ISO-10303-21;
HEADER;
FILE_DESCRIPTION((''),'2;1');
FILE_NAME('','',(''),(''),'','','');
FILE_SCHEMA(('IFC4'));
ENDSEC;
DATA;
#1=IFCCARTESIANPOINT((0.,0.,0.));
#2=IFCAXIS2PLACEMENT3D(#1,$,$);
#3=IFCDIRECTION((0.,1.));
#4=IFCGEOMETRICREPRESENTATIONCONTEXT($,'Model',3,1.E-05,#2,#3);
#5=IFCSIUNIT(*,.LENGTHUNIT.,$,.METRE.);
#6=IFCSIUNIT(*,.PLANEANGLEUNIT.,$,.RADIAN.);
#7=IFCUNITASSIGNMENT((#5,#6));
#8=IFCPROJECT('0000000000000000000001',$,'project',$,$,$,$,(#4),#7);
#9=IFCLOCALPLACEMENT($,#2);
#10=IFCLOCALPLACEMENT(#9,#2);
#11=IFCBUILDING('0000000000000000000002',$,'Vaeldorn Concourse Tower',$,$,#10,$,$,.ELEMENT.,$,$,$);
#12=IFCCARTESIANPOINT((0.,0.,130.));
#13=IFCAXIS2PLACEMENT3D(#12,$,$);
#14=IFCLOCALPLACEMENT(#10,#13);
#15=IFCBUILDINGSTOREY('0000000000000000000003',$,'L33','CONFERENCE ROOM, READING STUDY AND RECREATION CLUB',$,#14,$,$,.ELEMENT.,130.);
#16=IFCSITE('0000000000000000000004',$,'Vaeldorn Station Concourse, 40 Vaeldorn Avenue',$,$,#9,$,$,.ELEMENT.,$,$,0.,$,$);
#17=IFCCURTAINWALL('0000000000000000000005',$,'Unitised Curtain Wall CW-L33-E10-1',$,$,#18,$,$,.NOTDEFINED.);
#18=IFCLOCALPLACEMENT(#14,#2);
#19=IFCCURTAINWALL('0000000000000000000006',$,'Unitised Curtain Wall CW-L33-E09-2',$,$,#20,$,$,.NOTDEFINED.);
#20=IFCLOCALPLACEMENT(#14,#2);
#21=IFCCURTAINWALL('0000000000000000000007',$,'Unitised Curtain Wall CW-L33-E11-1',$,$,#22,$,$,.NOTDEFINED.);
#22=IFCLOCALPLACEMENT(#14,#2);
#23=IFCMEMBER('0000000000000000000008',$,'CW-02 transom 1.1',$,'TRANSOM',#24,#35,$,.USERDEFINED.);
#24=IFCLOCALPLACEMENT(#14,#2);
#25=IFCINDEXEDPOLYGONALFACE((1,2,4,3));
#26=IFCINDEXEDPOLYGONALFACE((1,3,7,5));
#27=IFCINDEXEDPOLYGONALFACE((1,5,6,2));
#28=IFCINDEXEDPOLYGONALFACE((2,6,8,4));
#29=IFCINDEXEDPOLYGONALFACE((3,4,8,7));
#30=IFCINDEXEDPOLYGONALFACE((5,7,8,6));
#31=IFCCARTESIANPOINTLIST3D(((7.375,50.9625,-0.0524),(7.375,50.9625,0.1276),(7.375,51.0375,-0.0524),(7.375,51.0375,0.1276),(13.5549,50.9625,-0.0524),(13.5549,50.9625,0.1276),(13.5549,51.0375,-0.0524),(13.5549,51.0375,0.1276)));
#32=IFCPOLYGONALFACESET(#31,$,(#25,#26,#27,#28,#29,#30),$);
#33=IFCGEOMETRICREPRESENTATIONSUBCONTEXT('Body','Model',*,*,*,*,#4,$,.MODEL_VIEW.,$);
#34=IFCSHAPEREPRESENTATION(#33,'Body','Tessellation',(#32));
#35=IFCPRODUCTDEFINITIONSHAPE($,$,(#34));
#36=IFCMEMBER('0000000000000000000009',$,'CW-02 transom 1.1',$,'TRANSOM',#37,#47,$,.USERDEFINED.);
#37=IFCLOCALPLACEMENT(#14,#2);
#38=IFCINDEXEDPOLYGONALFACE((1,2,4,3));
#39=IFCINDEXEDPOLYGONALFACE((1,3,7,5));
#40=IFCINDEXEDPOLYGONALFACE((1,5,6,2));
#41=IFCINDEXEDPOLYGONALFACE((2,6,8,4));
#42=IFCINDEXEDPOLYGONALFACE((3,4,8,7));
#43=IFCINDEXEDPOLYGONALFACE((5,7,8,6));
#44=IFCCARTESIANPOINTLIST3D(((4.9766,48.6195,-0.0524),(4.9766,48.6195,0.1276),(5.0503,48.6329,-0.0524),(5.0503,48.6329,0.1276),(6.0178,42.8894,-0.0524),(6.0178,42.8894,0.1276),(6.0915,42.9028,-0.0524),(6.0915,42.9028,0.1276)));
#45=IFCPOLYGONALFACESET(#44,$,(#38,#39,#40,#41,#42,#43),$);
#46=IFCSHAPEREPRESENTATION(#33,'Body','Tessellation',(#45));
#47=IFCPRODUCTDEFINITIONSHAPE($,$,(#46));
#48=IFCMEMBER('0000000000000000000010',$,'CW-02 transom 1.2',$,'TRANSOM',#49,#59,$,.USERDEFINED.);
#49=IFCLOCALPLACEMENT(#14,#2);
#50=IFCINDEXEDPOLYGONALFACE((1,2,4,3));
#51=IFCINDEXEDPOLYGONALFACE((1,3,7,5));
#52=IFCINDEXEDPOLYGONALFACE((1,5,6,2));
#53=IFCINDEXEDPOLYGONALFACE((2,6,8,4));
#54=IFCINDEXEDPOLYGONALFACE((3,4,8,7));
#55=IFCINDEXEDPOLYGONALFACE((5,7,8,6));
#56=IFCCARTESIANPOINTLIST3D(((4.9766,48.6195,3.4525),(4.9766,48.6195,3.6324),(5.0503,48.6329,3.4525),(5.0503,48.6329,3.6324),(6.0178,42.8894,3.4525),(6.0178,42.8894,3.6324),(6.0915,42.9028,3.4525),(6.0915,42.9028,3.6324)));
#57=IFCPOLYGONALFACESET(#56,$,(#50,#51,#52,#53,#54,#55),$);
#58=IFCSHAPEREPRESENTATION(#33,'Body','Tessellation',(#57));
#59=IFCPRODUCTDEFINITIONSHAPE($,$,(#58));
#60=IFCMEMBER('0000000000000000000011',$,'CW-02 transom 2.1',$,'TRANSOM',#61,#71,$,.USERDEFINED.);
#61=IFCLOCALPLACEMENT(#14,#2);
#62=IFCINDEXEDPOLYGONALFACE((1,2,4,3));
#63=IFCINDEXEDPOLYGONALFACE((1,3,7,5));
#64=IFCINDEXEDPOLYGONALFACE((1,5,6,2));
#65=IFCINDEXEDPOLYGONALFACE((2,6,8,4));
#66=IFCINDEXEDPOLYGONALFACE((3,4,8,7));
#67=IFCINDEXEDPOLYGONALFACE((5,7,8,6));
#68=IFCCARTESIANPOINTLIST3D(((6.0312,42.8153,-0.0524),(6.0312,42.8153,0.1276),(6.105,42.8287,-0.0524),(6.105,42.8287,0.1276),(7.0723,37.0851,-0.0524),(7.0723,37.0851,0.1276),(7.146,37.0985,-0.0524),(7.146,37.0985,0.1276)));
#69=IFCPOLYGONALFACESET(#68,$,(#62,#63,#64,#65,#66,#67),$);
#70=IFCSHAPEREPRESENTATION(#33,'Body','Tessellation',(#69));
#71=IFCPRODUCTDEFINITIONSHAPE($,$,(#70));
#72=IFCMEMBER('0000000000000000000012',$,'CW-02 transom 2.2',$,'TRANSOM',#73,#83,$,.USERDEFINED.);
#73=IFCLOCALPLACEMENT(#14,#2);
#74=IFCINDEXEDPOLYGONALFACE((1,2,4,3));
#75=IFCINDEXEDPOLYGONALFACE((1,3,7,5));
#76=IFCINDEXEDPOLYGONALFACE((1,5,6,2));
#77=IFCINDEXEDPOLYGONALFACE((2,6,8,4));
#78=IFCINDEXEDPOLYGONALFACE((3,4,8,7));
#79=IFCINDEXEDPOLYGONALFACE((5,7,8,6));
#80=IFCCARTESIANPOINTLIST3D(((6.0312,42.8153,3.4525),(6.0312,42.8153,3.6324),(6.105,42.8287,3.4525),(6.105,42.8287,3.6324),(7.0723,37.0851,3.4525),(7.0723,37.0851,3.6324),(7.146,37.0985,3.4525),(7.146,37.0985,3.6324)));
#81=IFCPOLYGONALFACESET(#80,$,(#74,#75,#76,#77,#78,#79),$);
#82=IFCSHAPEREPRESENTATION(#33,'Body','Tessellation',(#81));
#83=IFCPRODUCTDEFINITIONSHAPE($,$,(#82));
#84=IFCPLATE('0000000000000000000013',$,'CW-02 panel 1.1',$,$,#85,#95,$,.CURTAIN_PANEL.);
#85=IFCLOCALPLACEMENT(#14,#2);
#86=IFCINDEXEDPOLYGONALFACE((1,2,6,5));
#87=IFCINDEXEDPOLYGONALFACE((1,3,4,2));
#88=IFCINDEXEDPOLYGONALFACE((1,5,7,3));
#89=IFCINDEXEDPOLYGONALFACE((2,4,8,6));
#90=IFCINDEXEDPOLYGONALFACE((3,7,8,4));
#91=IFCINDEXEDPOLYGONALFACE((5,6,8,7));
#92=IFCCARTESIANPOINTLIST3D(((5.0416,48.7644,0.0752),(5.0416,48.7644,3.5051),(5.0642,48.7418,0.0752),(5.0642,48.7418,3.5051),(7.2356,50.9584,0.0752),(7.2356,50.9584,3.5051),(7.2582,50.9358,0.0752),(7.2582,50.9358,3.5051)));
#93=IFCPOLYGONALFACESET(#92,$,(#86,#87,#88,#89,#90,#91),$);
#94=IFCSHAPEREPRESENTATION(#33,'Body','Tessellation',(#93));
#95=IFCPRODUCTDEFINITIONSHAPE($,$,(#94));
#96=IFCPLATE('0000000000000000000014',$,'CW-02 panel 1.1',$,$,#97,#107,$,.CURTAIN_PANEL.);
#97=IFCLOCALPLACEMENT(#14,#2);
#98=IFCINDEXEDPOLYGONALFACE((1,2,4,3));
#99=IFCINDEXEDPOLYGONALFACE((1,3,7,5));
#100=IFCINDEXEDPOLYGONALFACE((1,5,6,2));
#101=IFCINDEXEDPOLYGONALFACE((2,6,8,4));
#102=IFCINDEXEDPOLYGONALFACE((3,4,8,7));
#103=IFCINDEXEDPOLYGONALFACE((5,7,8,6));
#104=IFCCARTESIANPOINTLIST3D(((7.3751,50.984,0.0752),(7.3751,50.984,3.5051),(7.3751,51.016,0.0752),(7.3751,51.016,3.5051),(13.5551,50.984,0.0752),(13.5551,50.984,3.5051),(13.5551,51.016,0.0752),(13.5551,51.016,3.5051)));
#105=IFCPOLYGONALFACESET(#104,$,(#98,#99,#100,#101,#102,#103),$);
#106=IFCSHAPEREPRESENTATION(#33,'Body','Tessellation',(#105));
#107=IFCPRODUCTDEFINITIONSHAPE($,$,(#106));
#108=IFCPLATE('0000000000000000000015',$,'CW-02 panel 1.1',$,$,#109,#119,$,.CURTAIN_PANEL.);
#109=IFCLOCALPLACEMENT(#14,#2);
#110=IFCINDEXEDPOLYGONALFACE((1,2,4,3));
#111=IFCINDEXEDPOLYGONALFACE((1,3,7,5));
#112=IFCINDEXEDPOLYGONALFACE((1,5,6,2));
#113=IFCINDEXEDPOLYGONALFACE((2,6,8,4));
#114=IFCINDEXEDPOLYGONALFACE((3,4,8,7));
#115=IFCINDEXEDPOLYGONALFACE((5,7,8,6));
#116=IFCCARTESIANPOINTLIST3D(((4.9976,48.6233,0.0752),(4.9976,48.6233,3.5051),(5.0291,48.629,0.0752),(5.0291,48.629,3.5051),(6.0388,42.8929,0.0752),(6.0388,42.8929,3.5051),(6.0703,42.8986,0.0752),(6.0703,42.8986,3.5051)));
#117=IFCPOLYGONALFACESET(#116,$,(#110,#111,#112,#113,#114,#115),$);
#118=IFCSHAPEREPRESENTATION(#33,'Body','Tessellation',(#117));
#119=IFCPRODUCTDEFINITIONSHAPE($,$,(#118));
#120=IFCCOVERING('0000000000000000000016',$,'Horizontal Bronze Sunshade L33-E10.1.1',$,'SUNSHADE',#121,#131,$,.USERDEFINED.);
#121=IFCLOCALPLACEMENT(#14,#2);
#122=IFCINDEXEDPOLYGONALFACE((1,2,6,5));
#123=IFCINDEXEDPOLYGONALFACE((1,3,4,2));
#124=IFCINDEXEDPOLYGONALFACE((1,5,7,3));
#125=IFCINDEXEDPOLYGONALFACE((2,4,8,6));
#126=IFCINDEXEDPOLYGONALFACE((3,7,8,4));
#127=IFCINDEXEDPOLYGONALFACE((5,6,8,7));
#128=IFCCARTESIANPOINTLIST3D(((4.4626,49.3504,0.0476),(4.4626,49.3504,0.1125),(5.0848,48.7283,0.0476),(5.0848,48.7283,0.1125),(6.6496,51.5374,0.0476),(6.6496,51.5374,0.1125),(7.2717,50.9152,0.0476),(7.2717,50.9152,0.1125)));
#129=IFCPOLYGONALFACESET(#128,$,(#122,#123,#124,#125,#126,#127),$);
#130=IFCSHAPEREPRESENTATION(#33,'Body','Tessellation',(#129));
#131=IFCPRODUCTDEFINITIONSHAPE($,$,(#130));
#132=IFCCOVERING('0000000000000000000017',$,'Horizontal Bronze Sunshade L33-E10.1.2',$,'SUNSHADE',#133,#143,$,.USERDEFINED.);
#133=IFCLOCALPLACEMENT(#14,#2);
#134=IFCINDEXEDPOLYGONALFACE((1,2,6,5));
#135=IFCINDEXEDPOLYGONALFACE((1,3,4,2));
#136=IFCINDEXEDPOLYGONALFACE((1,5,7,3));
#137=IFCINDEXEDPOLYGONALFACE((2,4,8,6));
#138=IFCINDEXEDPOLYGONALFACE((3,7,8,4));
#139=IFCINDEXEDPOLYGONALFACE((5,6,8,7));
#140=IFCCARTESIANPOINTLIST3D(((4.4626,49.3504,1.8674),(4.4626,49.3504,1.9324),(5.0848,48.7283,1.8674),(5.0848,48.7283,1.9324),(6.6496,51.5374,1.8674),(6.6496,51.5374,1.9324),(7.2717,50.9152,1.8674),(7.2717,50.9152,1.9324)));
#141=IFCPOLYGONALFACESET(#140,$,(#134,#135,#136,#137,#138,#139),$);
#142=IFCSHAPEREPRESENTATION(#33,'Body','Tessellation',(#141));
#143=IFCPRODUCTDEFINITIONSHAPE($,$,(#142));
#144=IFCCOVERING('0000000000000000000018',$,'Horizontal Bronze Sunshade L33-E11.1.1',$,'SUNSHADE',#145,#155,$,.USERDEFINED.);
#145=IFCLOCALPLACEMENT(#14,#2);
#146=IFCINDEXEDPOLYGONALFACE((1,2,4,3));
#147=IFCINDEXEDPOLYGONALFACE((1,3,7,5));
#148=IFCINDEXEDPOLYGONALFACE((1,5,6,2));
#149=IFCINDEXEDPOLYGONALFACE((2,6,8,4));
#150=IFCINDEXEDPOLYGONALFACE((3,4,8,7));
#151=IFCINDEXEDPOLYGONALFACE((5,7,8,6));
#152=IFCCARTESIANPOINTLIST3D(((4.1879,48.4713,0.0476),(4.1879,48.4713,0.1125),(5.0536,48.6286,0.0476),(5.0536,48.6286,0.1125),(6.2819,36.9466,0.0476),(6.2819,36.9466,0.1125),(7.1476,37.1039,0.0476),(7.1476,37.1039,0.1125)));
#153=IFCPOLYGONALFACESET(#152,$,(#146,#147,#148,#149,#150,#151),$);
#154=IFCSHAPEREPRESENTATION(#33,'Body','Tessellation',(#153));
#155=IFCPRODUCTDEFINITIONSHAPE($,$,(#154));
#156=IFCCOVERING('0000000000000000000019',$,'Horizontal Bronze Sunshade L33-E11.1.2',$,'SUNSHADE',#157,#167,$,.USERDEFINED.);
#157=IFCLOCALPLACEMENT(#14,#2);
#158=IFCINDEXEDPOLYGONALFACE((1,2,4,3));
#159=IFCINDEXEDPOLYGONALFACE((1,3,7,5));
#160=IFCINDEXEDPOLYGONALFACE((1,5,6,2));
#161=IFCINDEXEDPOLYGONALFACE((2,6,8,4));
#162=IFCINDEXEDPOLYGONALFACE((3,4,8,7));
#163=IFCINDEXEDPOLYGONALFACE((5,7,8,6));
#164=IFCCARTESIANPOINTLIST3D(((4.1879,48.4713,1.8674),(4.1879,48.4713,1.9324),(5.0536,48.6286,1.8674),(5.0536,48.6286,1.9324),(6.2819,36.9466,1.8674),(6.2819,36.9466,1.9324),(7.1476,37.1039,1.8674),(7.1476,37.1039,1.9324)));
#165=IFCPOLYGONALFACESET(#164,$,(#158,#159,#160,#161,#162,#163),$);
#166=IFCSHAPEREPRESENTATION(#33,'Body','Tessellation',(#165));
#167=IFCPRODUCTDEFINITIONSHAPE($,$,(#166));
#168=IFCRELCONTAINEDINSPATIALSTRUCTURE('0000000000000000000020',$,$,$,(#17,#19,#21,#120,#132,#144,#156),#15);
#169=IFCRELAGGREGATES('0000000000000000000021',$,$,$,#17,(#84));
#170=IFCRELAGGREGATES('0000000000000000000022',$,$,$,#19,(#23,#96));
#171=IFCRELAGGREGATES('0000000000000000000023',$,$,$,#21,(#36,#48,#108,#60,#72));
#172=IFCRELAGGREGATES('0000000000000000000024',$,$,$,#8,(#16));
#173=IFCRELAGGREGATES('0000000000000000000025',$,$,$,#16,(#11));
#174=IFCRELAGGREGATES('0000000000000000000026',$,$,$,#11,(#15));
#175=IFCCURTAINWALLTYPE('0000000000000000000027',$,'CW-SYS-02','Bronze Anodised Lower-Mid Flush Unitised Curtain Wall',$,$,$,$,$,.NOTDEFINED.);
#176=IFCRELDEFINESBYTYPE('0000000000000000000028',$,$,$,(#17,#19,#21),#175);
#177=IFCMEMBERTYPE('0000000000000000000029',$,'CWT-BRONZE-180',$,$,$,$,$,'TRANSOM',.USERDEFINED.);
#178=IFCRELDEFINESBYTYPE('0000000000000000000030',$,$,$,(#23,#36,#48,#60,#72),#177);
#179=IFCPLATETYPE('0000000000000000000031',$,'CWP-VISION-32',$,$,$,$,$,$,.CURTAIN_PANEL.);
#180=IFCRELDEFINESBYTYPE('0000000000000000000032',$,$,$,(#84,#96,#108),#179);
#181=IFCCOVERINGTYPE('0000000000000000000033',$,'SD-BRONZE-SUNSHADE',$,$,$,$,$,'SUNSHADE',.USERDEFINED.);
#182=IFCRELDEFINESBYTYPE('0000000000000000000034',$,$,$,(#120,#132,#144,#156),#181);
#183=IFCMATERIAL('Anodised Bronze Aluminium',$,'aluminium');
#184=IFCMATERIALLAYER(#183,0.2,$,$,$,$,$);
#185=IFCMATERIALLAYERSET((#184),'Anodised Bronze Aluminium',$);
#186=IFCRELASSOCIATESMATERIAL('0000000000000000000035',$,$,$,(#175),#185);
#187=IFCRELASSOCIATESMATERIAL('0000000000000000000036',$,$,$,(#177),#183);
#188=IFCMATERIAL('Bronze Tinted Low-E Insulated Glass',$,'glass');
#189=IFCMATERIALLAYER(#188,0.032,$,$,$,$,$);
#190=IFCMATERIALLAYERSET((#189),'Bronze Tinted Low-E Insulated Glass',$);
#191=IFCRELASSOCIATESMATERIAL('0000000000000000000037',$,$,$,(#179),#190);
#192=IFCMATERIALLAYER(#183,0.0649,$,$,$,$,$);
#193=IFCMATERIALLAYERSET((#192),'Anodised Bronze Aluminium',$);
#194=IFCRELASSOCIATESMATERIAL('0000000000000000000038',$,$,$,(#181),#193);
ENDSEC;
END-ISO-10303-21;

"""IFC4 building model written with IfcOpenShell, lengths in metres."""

from ifc_helpers import new_model, si_unit, direction, frame, origin, origin_2d, place, context, subcontext, project, spatial, rectangle, extrude, source, transform, mapped, material, layer, layer_set, material_profile, profile_set, type_object, element, aggregate, save


model = new_model("IFC4")

# Units and contexts
model_context = context("Model", 3, precision=1e-05, world=origin(), true_north=direction((0.0, 1.0)))
body_context = subcontext(model_context, "Body", "Model", "MODEL_VIEW")
ifc_project = project(units=[si_unit("LENGTHUNIT", "METRE"), si_unit("PLANEANGLEUNIT", "RADIAN")], contexts=[model_context])

# Site, building, storey
site_placement = place(None, origin())
site = spatial("IfcSite", under=ifc_project, at=site_placement, Name="Vaeldorn Station Concourse, 40 Vaeldorn Avenue", CompositionType="ELEMENT", RefElevation=0.0)
building_placement = place(site_placement, origin())
building = spatial("IfcBuilding", under=site, at=building_placement, Name="Vaeldorn Concourse Tower", CompositionType="ELEMENT")
storey_placement = place(building_placement, frame((0.0, 0.0, 130.0)))
storey = spatial("IfcBuildingStorey", under=building, at=storey_placement, Name="L33", Description="CONFERENCE ROOM, READING STUDY AND RECREATION CLUB", CompositionType="ELEMENT", Elevation=130.0)

# Curtain wall
ifc_material_1 = material(Name="Anodised Bronze Aluminium", Category="aluminium")
ifc_layer_1 = layer(ifc_material_1, 0.2)
ifc_layer_set_1 = layer_set([ifc_layer_1], Name="Anodised Bronze Aluminium")
curtain_wall_type = type_object("IfcCurtainWallType", Name="CW-SYS-02", Description="Bronze Anodised Lower-Mid Flush Unitised Curtain Wall", PredefinedType="NOTDEFINED", material=ifc_layer_set_1)
curtain_wall_1_placement = place(storey_placement, origin())
curtain_wall_1 = element("IfcCurtainWall", 1, at=curtain_wall_1_placement, inside=storey, type_object=curtain_wall_type, Name="Unitised Curtain Wall CW-L33-E10-1", PredefinedType="NOTDEFINED")
ifc_material_profile_1 = material_profile(ifc_material_1, rectangle(XDim=0.075, YDim=0.1799, at=origin_2d()), Name="CWT 75x180")
ifc_profile_set_1 = profile_set([ifc_material_profile_1], Name="Anodised Bronze Aluminium")
member_type_1 = type_object("IfcMemberType", Name="CWT-BRONZE-180", ElementType="TRANSOM", PredefinedType="USERDEFINED", material=ifc_profile_set_1)

# Curtain wall
curtain_wall_2_placement = place(storey_placement, origin())
curtain_wall_2 = element("IfcCurtainWall", 2, at=curtain_wall_2_placement, inside=storey, type_object=curtain_wall_type, Name="Unitised Curtain Wall CW-L33-E09-2", PredefinedType="NOTDEFINED")

# Curtain wall
curtain_wall_3_placement = place(storey_placement, origin())
curtain_wall_3 = element("IfcCurtainWall", 3, at=curtain_wall_3_placement, inside=storey, type_object=curtain_wall_type, Name="Unitised Curtain Wall CW-L33-E11-1", PredefinedType="NOTDEFINED")

# Members
shared_shape_1 = source(origin(), body_context, "Body", "SweptSolid", [
    extrude(rectangle(XDim=0.075, YDim=0.1799, at=origin_2d()), origin(), (0.0, 0.0, 1.0), 6.1799),
])
member_1_placement = place(storey_placement, frame((13.5549, 51.0, 0.0376), z_axis=(-1.0, 0.0, 0.0), x_axis=(0.0, -1.0, 0.0)))
member_1 = element("IfcMember", 4, at=member_1_placement, type_object=member_type_1, Name="CW-02 transom 1.1", ObjectType="TRANSOM", PredefinedType="USERDEFINED", context=body_context, shape_type="MappedRepresentation", body=[
    mapped(shared_shape_1, transform((0.0, 0.0, 0.0), scale=1.0)),
])
shared_shape_2 = source(origin(), body_context, "Body", "SweptSolid", [
    extrude(rectangle(XDim=0.075, YDim=0.1799, at=origin_2d()), origin(), (0.0, 0.0, 1.0), 5.824),
])
member_2_placement = place(storey_placement, frame((5.0134, 48.6262, 0.0376), z_axis=(0.178786, -0.983888, 0.0), x_axis=(0.983888, 0.178786, 0.0)))
member_2 = element("IfcMember", 5, at=member_2_placement, type_object=member_type_1, Name="CW-02 transom 1.1", ObjectType="TRANSOM", PredefinedType="USERDEFINED", context=body_context, shape_type="MappedRepresentation", body=[
    mapped(shared_shape_2, transform((0.0, 0.0, 0.0), scale=1.0)),
])
member_3_placement = place(storey_placement, frame((5.0134, 48.6262, 3.5425), z_axis=(0.178786, -0.983888, 0.0), x_axis=(0.983888, 0.178786, 0.0)))
member_3 = element("IfcMember", 6, at=member_3_placement, type_object=member_type_1, Name="CW-02 transom 1.2", ObjectType="TRANSOM", PredefinedType="USERDEFINED", context=body_context, shape_type="MappedRepresentation", body=[
    mapped(shared_shape_2, transform((0.0, 0.0, 0.0), scale=1.0)),
])
member_4_placement = place(storey_placement, frame((6.0681, 42.822, 0.0376), z_axis=(0.178745, -0.983895, 0.0), x_axis=(0.983895, 0.178745, 0.0)))
member_4 = element("IfcMember", 7, at=member_4_placement, type_object=member_type_1, Name="CW-02 transom 2.1", ObjectType="TRANSOM", PredefinedType="USERDEFINED", context=body_context, shape_type="MappedRepresentation", body=[
    mapped(shared_shape_2, transform((0.0, 0.0, 0.0), scale=1.0)),
])
member_5_placement = place(storey_placement, frame((6.0681, 42.822, 3.5425), z_axis=(0.178745, -0.983895, 0.0), x_axis=(0.983895, 0.178745, 0.0)))
member_5 = element("IfcMember", 8, at=member_5_placement, type_object=member_type_1, Name="CW-02 transom 2.2", ObjectType="TRANSOM", PredefinedType="USERDEFINED", context=body_context, shape_type="MappedRepresentation", body=[
    mapped(shared_shape_2, transform((0.0, 0.0, 0.0), scale=1.0)),
])

# Plates
ifc_material_2 = material(Name="Bronze Tinted Low-E Insulated Glass", Category="glass")
ifc_layer_2 = layer(ifc_material_2, 0.032)
ifc_layer_set_2 = layer_set([ifc_layer_2], Name="Bronze Tinted Low-E Insulated Glass")
plate_type = type_object("IfcPlateType", Name="CWP-VISION-32", PredefinedType="CURTAIN_PANEL", material=ifc_layer_set_2)
shared_shape_3 = source(origin(), body_context, "Body", "SweptSolid", [
    extrude(rectangle(XDim=3.1028, YDim=0.032, at=origin_2d()), origin(), (0.0, 0.0, 1.0), 3.4299),
])
plate_1_placement = place(storey_placement, frame((6.1499, 49.8501, 0.0752), z_axis=(0.0, 0.0, 1.0), x_axis=(-0.707107, -0.707107, 0.0)))
plate_1 = element("IfcPlate", 9, at=plate_1_placement, type_object=plate_type, Name="CW-02 panel 1.1", PredefinedType="CURTAIN_PANEL", context=body_context, shape_type="MappedRepresentation", body=[
    mapped(shared_shape_3, transform((0.0, 0.0, 0.0), scale=1.0)),
])
aggregate(curtain_wall_1, [plate_1])
shared_shape_4 = source(origin(), body_context, "Body", "SweptSolid", [
    extrude(rectangle(XDim=6.1799, YDim=0.032, at=origin_2d()), origin(), (0.0, 0.0, 1.0), 3.4299),
])
plate_2_placement = place(storey_placement, frame((10.4651, 51.0, 0.0752), z_axis=(0.0, 0.0, 1.0), x_axis=(-1.0, 0.0, 0.0)))
plate_2 = element("IfcPlate", 10, at=plate_2_placement, type_object=plate_type, Name="CW-02 panel 1.1", PredefinedType="CURTAIN_PANEL", context=body_context, shape_type="MappedRepresentation", body=[
    mapped(shared_shape_4, transform((0.0, 0.0, 0.0), scale=1.0)),
])
aggregate(curtain_wall_2, [member_1, plate_2])
shared_shape_5 = source(origin(), body_context, "Body", "SweptSolid", [
    extrude(rectangle(XDim=5.8242, YDim=0.032, at=origin_2d()), origin(), (0.0, 0.0, 1.0), 3.4299),
])
plate_3_placement = place(storey_placement, frame((5.5339, 45.761, 0.0752), z_axis=(0.0, 0.0, 1.0), x_axis=(0.178771, -0.983891, 0.0)))
plate_3 = element("IfcPlate", 11, at=plate_3_placement, type_object=plate_type, Name="CW-02 panel 1.1", PredefinedType="CURTAIN_PANEL", context=body_context, shape_type="MappedRepresentation", body=[
    mapped(shared_shape_5, transform((0.0, 0.0, 0.0), scale=1.0)),
])
aggregate(curtain_wall_3, [member_2, member_3, plate_3, member_4, member_5])

# Coverings
ifc_layer_3 = layer(ifc_material_1, 0.0649)
ifc_layer_set_3 = layer_set([ifc_layer_3], Name="Anodised Bronze Aluminium")
covering_type = type_object("IfcCoveringType", Name="SD-BRONZE-SUNSHADE", ElementType="SUNSHADE", PredefinedType="USERDEFINED", material=ifc_layer_set_3)
shared_shape_6 = source(origin(), body_context, "Body", "SweptSolid", [
    extrude(rectangle(XDim=3.0928, YDim=0.8799, at=origin_2d()), origin(), (0.0, 0.0, 1.0), 0.0649),
])
for number, where, z_axis, x_axis, name in (
    (12, (5.8672, 50.1328, 0.0476), (0.0, 0.0, 1.0), (-0.707107, -0.707107, 0.0), "Horizontal Bronze Sunshade L33-E10.1.1"),
    (13, (5.8672, 50.1328, 1.8674), (0.0, 0.0, 1.0), (-0.707107, -0.707107, 0.0), "Horizontal Bronze Sunshade L33-E10.1.2"),
):
    element("IfcCovering", number, at=place(storey_placement, frame(where, z_axis=z_axis, x_axis=x_axis)), inside=storey, type_object=covering_type, Name=name, ObjectType="SUNSHADE", PredefinedType="USERDEFINED", context=body_context, shape_type="MappedRepresentation", body=[
        mapped(shared_shape_6, transform((0.0, 0.0, 0.0), scale=1.0)),
    ])
shared_shape_7 = source(origin(), body_context, "Body", "SweptSolid", [
    extrude(rectangle(XDim=11.7134, YDim=0.8799, at=origin_2d()), origin(), (0.0, 0.0, 1.0), 0.0649),
])
for number, where, z_axis, x_axis, name in (
    (14, (5.6677, 42.7876, 0.0476), (0.0, 0.0, 1.0), (0.178768, -0.983891, 0.0), "Horizontal Bronze Sunshade L33-E11.1.1"),
    (15, (5.6677, 42.7876, 1.8674), (0.0, 0.0, 1.0), (0.178768, -0.983891, 0.0), "Horizontal Bronze Sunshade L33-E11.1.2"),
):
    element("IfcCovering", number, at=place(storey_placement, frame(where, z_axis=z_axis, x_axis=x_axis)), inside=storey, type_object=covering_type, Name=name, ObjectType="SUNSHADE", PredefinedType="USERDEFINED", context=body_context, shape_type="MappedRepresentation", body=[
        mapped(shared_shape_7, transform((0.0, 0.0, 0.0), scale=1.0)),
    ])

save(model, "model.ifc")
